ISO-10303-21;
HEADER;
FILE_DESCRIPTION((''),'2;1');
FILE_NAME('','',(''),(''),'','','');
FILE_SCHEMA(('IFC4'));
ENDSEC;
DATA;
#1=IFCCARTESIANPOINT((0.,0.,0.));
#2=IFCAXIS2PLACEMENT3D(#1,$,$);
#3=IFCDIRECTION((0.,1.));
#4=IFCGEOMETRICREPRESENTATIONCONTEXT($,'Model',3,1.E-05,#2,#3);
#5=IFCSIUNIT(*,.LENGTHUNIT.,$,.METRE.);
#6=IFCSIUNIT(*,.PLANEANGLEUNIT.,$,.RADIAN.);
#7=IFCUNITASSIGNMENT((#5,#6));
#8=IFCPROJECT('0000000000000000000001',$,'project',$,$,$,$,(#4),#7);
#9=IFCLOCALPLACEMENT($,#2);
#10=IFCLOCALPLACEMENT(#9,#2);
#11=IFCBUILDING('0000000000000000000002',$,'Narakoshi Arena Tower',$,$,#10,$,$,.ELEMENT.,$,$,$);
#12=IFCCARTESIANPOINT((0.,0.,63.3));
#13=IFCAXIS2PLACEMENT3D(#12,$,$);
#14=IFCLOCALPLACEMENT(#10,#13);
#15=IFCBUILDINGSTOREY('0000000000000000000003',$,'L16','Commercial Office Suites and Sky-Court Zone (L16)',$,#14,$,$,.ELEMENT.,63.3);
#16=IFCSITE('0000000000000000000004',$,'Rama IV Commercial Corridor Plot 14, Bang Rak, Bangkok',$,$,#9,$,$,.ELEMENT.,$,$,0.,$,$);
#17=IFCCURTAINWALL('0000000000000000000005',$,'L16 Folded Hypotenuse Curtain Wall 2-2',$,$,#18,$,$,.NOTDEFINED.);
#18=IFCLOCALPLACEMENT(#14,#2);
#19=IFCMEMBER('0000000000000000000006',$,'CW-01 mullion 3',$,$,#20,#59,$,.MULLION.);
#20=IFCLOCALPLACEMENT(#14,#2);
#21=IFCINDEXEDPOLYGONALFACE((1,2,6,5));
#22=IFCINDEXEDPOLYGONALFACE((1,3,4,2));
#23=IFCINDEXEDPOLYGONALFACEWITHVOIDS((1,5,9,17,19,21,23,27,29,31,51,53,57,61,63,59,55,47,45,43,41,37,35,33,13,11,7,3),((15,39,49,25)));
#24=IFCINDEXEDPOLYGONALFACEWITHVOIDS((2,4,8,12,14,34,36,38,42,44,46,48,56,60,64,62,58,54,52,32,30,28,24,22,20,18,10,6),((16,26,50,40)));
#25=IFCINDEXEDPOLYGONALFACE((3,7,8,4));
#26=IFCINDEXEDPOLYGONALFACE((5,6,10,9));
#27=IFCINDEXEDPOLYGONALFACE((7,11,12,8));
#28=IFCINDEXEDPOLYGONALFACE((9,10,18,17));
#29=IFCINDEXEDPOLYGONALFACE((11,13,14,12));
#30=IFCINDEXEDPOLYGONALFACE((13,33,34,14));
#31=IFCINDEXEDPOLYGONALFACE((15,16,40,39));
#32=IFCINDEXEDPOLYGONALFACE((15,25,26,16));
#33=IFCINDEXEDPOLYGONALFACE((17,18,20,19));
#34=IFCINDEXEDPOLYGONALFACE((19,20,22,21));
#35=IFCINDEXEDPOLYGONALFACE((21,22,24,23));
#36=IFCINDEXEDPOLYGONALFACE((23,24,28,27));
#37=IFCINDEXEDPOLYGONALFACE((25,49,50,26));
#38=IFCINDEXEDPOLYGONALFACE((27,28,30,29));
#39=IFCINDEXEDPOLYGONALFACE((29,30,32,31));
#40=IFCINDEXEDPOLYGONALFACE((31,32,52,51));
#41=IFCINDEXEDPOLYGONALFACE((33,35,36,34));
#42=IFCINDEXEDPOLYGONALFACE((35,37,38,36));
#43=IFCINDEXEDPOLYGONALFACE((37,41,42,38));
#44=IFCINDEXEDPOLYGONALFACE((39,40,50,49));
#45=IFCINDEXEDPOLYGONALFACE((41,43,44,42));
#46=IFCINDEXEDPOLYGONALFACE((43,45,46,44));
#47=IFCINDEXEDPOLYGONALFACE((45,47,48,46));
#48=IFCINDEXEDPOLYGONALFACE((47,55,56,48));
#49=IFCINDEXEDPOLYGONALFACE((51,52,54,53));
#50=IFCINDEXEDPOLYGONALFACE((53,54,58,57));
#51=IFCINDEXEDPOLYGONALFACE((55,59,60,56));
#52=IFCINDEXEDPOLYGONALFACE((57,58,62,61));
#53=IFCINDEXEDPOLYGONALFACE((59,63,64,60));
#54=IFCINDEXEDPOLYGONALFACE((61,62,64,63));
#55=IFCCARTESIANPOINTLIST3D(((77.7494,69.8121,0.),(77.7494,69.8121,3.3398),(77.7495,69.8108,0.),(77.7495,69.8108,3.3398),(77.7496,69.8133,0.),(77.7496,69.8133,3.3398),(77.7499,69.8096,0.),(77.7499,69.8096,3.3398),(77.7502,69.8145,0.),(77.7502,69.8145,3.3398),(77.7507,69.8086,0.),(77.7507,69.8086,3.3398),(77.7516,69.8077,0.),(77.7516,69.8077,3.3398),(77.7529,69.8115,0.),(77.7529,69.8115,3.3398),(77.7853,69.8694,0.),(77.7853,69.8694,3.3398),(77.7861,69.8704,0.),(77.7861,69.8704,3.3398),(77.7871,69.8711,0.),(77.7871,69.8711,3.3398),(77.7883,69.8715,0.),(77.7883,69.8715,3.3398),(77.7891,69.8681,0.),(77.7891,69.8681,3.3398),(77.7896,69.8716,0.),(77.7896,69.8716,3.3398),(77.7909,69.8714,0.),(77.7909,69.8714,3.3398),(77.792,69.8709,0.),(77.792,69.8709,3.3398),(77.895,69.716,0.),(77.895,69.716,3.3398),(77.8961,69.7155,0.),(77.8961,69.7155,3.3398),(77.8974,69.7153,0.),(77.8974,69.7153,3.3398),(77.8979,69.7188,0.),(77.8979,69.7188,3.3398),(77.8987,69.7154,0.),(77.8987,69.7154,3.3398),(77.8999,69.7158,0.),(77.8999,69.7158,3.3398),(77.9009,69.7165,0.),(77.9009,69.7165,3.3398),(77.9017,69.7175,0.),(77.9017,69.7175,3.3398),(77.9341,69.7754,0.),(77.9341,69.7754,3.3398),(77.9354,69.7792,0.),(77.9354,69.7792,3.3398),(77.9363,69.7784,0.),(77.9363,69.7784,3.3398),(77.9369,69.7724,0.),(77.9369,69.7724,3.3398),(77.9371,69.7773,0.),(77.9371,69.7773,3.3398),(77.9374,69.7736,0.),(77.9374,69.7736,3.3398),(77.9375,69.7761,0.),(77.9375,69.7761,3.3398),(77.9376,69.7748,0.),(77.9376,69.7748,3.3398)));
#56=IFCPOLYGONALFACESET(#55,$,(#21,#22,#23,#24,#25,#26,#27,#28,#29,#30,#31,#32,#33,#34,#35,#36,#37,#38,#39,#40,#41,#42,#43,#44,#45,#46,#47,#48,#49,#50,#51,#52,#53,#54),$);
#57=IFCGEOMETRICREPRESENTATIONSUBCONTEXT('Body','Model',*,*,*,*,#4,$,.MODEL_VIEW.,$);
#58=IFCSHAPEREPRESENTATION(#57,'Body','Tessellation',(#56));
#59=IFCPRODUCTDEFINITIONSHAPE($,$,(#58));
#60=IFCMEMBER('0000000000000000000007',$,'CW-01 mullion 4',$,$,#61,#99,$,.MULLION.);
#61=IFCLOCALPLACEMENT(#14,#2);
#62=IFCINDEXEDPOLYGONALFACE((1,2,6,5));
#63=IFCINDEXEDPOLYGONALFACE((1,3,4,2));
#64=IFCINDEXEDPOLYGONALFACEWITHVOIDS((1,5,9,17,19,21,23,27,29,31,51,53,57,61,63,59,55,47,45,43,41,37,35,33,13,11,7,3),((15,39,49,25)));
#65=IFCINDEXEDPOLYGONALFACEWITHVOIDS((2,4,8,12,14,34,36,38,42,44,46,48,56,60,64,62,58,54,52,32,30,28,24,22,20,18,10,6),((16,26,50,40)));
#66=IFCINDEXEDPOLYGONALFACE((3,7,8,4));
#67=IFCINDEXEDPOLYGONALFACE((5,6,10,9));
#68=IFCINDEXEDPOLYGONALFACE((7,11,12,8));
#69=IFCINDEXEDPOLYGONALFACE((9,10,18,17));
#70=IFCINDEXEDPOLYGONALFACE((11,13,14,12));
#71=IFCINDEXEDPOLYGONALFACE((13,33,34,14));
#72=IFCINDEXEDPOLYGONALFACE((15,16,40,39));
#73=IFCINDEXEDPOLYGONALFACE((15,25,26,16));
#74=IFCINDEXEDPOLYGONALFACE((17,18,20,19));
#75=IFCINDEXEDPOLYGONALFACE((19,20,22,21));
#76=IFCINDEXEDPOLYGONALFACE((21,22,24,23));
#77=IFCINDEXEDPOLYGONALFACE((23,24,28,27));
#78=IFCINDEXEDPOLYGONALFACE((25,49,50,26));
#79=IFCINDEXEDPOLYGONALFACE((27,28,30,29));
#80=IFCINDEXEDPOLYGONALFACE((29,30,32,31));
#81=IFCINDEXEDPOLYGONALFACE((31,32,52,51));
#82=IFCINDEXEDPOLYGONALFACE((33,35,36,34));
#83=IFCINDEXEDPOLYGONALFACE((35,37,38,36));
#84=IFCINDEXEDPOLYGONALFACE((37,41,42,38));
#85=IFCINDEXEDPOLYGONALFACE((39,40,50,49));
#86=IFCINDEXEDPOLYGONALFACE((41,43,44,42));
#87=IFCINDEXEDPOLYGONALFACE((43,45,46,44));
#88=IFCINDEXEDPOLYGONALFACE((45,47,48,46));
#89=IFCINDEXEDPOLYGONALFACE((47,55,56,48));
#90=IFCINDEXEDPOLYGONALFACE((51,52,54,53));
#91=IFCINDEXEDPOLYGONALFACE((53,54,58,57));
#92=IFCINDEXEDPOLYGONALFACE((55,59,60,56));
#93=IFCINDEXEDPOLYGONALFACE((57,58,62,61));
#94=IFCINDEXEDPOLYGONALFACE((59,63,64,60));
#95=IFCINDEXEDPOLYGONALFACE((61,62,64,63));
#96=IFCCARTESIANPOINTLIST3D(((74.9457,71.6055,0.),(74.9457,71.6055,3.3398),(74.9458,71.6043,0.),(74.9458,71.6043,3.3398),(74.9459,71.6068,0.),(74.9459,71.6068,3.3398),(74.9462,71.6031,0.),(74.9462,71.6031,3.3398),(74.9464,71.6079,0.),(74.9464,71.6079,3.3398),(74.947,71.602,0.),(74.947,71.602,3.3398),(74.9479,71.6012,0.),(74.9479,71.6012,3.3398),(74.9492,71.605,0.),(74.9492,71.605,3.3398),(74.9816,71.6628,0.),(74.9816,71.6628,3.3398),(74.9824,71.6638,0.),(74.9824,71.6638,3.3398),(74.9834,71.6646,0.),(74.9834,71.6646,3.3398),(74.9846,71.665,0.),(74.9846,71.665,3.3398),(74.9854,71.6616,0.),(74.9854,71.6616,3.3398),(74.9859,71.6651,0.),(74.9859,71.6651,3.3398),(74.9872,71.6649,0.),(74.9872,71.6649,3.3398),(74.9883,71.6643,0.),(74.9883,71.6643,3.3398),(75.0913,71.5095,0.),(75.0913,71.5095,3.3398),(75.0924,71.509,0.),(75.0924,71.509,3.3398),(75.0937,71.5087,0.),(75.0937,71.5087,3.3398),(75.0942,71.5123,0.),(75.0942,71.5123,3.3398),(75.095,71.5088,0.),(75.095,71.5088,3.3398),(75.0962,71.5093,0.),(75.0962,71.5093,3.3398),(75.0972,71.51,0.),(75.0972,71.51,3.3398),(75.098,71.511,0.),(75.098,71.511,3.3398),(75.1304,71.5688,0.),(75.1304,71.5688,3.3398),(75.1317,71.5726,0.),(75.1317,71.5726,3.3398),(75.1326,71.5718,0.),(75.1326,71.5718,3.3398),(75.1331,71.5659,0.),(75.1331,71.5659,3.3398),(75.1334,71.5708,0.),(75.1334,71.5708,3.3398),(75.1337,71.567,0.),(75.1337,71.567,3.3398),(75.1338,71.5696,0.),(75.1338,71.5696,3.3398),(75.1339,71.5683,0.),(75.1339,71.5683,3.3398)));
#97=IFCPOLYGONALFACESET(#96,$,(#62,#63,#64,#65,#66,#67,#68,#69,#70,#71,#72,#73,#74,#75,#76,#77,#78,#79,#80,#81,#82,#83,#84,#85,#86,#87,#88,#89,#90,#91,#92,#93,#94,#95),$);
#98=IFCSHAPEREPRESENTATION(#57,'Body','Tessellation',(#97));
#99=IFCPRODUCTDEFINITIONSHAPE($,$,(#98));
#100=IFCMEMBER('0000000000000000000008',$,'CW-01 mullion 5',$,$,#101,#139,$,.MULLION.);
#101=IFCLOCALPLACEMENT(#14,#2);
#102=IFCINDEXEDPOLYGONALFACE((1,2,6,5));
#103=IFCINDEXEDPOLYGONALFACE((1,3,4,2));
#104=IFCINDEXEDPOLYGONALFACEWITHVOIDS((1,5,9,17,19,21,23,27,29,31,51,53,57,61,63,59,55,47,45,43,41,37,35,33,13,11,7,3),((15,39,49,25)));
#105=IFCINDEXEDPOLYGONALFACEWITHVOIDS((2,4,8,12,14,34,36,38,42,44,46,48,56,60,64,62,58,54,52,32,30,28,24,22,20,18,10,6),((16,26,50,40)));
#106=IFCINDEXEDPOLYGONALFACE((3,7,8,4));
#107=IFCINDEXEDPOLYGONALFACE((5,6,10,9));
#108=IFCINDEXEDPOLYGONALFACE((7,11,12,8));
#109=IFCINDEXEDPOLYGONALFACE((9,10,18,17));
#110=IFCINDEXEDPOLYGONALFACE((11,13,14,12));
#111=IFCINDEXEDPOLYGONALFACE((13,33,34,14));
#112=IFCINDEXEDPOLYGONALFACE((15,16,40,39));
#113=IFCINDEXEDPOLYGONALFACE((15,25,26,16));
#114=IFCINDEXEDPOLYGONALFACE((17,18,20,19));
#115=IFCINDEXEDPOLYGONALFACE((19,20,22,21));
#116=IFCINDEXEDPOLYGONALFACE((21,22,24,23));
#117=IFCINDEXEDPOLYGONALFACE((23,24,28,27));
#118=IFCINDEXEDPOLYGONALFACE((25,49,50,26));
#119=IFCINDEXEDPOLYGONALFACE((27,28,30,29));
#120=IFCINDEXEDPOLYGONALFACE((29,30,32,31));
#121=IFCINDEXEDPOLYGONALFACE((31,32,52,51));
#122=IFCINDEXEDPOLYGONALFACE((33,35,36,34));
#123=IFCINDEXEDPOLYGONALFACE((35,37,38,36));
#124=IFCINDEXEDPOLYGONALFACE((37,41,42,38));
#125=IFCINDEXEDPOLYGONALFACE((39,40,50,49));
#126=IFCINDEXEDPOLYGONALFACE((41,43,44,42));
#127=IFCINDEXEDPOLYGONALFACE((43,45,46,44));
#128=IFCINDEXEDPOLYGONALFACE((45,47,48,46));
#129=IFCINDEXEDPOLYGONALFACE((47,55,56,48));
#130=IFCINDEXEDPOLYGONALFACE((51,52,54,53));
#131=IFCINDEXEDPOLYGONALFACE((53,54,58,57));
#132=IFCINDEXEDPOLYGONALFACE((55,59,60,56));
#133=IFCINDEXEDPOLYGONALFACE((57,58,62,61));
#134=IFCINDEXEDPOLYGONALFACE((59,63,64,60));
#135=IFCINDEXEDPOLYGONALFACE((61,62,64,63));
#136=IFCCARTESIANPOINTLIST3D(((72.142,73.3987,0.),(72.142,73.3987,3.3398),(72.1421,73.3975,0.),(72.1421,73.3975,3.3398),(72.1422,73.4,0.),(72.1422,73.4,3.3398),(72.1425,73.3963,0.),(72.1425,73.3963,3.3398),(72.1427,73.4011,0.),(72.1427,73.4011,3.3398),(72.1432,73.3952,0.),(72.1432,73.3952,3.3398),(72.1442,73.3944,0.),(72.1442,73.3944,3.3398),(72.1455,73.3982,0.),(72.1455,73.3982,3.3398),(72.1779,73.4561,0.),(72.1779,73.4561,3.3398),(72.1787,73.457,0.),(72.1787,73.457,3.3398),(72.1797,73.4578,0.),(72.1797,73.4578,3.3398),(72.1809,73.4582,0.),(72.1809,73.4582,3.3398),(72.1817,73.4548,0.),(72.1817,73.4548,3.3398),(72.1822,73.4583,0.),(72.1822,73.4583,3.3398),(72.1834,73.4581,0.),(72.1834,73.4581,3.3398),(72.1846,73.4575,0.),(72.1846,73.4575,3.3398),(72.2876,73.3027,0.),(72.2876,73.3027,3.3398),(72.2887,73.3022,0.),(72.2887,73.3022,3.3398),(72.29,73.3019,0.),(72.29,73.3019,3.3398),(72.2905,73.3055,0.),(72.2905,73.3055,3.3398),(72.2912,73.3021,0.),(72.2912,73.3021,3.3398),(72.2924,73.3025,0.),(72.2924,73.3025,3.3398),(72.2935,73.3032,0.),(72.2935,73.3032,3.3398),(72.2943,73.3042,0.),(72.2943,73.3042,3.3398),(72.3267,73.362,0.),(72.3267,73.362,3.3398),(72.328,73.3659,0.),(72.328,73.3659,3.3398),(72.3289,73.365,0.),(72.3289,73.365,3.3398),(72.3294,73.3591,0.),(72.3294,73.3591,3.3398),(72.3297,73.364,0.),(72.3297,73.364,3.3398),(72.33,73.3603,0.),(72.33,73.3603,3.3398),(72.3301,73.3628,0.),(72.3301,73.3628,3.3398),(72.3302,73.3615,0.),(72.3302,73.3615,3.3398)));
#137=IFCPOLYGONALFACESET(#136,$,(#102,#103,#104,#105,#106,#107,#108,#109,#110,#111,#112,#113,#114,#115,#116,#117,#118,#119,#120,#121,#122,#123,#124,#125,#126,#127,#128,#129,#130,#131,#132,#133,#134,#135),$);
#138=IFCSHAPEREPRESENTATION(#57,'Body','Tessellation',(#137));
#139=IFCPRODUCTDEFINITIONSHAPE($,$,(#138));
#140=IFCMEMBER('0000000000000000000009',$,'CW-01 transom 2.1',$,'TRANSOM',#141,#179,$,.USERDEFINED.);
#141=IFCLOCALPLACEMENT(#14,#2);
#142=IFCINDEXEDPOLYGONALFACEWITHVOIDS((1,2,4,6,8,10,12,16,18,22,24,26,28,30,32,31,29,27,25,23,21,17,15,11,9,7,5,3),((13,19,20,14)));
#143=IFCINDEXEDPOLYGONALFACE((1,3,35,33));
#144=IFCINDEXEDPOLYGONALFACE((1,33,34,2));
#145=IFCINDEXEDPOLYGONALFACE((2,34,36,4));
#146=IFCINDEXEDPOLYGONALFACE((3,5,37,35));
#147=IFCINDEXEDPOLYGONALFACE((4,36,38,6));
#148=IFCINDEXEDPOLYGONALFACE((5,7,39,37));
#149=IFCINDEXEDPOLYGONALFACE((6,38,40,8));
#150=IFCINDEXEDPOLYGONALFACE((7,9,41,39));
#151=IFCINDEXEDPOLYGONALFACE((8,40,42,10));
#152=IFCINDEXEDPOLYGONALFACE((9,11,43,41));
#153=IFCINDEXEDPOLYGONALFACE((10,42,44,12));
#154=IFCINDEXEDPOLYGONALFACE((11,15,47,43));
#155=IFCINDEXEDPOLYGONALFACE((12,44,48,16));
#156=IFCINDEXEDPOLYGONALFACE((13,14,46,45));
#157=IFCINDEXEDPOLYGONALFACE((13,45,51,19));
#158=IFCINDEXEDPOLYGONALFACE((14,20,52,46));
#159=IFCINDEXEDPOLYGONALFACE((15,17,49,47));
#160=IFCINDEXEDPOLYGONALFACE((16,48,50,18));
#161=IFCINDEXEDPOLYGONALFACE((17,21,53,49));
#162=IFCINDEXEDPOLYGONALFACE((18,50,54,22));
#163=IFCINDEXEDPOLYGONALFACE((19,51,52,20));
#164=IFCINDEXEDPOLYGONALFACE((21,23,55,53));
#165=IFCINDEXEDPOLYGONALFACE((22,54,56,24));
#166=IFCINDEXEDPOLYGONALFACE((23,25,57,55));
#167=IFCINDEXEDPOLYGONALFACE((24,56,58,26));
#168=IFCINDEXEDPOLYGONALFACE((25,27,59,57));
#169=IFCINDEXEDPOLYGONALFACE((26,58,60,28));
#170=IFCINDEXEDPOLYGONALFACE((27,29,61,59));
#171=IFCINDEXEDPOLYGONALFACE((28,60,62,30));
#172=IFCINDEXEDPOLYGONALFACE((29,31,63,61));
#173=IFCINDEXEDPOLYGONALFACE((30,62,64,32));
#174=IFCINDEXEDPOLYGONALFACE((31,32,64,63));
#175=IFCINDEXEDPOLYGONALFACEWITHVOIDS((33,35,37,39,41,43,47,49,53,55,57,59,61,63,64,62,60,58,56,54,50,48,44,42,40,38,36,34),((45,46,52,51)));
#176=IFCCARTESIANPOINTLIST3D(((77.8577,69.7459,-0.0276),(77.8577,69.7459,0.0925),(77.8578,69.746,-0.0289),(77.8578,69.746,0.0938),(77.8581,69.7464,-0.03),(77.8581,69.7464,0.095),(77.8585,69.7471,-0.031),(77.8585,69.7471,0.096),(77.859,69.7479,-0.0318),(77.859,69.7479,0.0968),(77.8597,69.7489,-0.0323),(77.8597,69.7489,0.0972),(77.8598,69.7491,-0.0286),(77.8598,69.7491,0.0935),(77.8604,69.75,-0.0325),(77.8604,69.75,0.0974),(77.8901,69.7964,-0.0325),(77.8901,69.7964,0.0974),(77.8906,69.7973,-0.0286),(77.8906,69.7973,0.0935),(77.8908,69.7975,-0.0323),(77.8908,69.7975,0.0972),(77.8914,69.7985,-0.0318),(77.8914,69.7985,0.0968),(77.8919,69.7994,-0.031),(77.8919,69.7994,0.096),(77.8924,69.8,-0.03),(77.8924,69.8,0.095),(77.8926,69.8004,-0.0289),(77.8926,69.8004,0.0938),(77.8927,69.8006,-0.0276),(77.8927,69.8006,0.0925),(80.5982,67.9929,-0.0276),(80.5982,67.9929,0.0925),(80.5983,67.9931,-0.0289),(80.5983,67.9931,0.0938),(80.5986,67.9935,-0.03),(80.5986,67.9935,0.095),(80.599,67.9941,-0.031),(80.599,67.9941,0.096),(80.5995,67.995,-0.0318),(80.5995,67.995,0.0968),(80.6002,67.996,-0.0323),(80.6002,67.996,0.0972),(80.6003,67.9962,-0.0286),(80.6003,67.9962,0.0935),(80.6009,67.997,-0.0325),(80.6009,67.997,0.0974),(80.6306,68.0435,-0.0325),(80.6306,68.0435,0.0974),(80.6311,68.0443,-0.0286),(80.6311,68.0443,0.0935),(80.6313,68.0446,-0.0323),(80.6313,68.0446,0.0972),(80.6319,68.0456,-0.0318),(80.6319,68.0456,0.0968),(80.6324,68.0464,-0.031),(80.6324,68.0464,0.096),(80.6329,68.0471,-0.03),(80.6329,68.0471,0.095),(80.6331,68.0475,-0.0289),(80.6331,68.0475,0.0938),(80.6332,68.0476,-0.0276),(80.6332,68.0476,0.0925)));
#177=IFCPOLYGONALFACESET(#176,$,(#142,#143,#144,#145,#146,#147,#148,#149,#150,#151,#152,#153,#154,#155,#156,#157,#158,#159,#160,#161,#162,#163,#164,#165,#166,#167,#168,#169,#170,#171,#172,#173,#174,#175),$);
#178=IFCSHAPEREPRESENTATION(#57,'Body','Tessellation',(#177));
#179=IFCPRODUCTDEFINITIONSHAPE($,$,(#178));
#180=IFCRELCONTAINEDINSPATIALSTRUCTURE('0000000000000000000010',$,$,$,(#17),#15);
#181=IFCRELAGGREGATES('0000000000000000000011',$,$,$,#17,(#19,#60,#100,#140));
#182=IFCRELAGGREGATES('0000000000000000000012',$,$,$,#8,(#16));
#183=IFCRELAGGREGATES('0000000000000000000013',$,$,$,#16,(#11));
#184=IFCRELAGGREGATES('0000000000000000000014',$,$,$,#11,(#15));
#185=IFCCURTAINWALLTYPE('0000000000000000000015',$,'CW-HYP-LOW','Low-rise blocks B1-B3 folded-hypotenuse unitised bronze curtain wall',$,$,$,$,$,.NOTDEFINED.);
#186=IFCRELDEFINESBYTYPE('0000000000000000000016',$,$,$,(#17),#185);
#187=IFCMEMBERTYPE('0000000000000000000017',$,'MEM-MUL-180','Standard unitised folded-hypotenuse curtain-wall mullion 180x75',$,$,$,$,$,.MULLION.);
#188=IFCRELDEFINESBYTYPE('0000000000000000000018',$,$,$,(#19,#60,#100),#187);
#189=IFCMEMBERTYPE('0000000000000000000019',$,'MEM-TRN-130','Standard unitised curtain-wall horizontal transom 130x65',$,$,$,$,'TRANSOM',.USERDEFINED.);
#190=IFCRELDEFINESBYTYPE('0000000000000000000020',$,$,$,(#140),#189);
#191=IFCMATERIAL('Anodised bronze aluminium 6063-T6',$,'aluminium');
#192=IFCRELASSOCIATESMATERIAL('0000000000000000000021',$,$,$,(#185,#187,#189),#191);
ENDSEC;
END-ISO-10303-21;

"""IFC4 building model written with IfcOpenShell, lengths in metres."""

from ifc_helpers import new_model, si_unit, direction, frame, origin, origin_2d, place, context, subcontext, project, spatial, hollow_rectangle, extrude, material, material_profile, profile_set, type_object, element, aggregate, save


model = new_model("IFC4")

# Units and contexts
model_context = context("Model", 3, precision=1e-05, world=origin(), true_north=direction((0.0, 1.0)))
body_context = subcontext(model_context, "Body", "Model", "MODEL_VIEW")
ifc_project = project(units=[si_unit("LENGTHUNIT", "METRE"), si_unit("PLANEANGLEUNIT", "RADIAN")], contexts=[model_context])

# Site, building, storey
site_placement = place(None, origin())
site = spatial("IfcSite", under=ifc_project, at=site_placement, Name="Rama IV Commercial Corridor Plot 14, Bang Rak, Bangkok", CompositionType="ELEMENT", RefElevation=0.0)
building_placement = place(site_placement, origin())
building = spatial("IfcBuilding", under=site, at=building_placement, Name="Narakoshi Arena Tower", CompositionType="ELEMENT")
storey_placement = place(building_placement, frame((0.0, 0.0, 63.3)))
storey = spatial("IfcBuildingStorey", under=building, at=storey_placement, Name="L16", Description="Commercial Office Suites and Sky-Court Zone (L16)", CompositionType="ELEMENT", Elevation=63.3)

# Curtain wall, members
ifc_material_1 = material(Name="Anodised bronze aluminium 6063-T6", Category="aluminium")
curtain_wall_type = type_object("IfcCurtainWallType", Name="CW-HYP-LOW", Description="Low-rise blocks B1-B3 folded-hypotenuse unitised bronze curtain wall", PredefinedType="NOTDEFINED", material=ifc_material_1)
curtain_wall_placement = place(storey_placement, origin())
curtain_wall = element("IfcCurtainWall", 1, at=curtain_wall_placement, inside=storey, type_object=curtain_wall_type, Name="L16 Folded Hypotenuse Curtain Wall 2-2", PredefinedType="NOTDEFINED")
ifc_material_profile_1 = material_profile(ifc_material_1, hollow_rectangle(XDim=0.075, YDim=0.1799, WallThickness=0.0039, OuterFilletRadius=0.0049, at=origin_2d()), Name="MUL180x75x4")
ifc_profile_set_1 = profile_set([ifc_material_profile_1], Name="Anodised bronze aluminium 6063-T6")
member_type_1 = type_object("IfcMemberType", Name="MEM-MUL-180", Description="Standard unitised folded-hypotenuse curtain-wall mullion 180x75", PredefinedType="MULLION", material=ifc_profile_set_1)
member_1_placement = place(storey_placement, frame((77.8435, 69.7935, 0.0), z_axis=(0.0, 0.0, 1.0), x_axis=(-0.538829, -0.842415, 0.0)))
member_1 = element("IfcMember", 2, at=member_1_placement, type_object=member_type_1, Name="CW-01 mullion 3", PredefinedType="MULLION", context=body_context, shape_type="SweptSolid", body=[
    extrude(hollow_rectangle(XDim=0.075, YDim=0.1799, WallThickness=0.0039, OuterFilletRadius=0.0049, at=origin_2d()), origin(), (0.0, 0.0, 1.0), 3.3398),
])
member_2_placement = place(storey_placement, frame((75.0398, 71.5869, 0.0), z_axis=(0.0, 0.0, 1.0), x_axis=(-0.538829, -0.842415, 0.0)))
member_2 = element("IfcMember", 3, at=member_2_placement, type_object=member_type_1, Name="CW-01 mullion 4", PredefinedType="MULLION", context=body_context, shape_type="SweptSolid", body=[
    extrude(hollow_rectangle(XDim=0.075, YDim=0.1799, WallThickness=0.0039, OuterFilletRadius=0.0049, at=origin_2d()), origin(), (0.0, 0.0, 1.0), 3.3398),
])
member_3_placement = place(storey_placement, frame((72.2361, 73.3801, 0.0), z_axis=(0.0, 0.0, 1.0), x_axis=(-0.538829, -0.842415, 0.0)))
member_3 = element("IfcMember", 4, at=member_3_placement, type_object=member_type_1, Name="CW-01 mullion 5", PredefinedType="MULLION", context=body_context, shape_type="SweptSolid", body=[
    extrude(hollow_rectangle(XDim=0.075, YDim=0.1799, WallThickness=0.0039, OuterFilletRadius=0.0049, at=origin_2d()), origin(), (0.0, 0.0, 1.0), 3.3398),
])
ifc_material_profile_2 = material_profile(ifc_material_1, hollow_rectangle(XDim=0.0649, YDim=0.1299, WallThickness=0.0039, OuterFilletRadius=0.0049, at=origin_2d()), Name="TRN130x65x4")
ifc_profile_set_2 = profile_set([ifc_material_profile_2], Name="Anodised bronze aluminium 6063-T6")
member_type_2 = type_object("IfcMemberType", Name="MEM-TRN-130", Description="Standard unitised curtain-wall horizontal transom 130x65", ElementType="TRANSOM", PredefinedType="USERDEFINED", material=ifc_profile_set_2)
member_4_placement = place(storey_placement, frame((80.6157, 68.0203, 0.0325), z_axis=(-0.842408, 0.538841, 0.0), x_axis=(-0.538841, -0.842408, 0.0)))
member_4 = element("IfcMember", 5, at=member_4_placement, type_object=member_type_2, Name="CW-01 transom 2.1", ObjectType="TRANSOM", PredefinedType="USERDEFINED", context=body_context, shape_type="SweptSolid", body=[
    extrude(hollow_rectangle(XDim=0.0649, YDim=0.1299, WallThickness=0.0039, OuterFilletRadius=0.0049, at=origin_2d()), origin(), (0.0, 0.0, 1.0), 3.2532),
])
aggregate(curtain_wall, [member_1, member_2, member_3, member_4])

save(model, "model.ifc")
